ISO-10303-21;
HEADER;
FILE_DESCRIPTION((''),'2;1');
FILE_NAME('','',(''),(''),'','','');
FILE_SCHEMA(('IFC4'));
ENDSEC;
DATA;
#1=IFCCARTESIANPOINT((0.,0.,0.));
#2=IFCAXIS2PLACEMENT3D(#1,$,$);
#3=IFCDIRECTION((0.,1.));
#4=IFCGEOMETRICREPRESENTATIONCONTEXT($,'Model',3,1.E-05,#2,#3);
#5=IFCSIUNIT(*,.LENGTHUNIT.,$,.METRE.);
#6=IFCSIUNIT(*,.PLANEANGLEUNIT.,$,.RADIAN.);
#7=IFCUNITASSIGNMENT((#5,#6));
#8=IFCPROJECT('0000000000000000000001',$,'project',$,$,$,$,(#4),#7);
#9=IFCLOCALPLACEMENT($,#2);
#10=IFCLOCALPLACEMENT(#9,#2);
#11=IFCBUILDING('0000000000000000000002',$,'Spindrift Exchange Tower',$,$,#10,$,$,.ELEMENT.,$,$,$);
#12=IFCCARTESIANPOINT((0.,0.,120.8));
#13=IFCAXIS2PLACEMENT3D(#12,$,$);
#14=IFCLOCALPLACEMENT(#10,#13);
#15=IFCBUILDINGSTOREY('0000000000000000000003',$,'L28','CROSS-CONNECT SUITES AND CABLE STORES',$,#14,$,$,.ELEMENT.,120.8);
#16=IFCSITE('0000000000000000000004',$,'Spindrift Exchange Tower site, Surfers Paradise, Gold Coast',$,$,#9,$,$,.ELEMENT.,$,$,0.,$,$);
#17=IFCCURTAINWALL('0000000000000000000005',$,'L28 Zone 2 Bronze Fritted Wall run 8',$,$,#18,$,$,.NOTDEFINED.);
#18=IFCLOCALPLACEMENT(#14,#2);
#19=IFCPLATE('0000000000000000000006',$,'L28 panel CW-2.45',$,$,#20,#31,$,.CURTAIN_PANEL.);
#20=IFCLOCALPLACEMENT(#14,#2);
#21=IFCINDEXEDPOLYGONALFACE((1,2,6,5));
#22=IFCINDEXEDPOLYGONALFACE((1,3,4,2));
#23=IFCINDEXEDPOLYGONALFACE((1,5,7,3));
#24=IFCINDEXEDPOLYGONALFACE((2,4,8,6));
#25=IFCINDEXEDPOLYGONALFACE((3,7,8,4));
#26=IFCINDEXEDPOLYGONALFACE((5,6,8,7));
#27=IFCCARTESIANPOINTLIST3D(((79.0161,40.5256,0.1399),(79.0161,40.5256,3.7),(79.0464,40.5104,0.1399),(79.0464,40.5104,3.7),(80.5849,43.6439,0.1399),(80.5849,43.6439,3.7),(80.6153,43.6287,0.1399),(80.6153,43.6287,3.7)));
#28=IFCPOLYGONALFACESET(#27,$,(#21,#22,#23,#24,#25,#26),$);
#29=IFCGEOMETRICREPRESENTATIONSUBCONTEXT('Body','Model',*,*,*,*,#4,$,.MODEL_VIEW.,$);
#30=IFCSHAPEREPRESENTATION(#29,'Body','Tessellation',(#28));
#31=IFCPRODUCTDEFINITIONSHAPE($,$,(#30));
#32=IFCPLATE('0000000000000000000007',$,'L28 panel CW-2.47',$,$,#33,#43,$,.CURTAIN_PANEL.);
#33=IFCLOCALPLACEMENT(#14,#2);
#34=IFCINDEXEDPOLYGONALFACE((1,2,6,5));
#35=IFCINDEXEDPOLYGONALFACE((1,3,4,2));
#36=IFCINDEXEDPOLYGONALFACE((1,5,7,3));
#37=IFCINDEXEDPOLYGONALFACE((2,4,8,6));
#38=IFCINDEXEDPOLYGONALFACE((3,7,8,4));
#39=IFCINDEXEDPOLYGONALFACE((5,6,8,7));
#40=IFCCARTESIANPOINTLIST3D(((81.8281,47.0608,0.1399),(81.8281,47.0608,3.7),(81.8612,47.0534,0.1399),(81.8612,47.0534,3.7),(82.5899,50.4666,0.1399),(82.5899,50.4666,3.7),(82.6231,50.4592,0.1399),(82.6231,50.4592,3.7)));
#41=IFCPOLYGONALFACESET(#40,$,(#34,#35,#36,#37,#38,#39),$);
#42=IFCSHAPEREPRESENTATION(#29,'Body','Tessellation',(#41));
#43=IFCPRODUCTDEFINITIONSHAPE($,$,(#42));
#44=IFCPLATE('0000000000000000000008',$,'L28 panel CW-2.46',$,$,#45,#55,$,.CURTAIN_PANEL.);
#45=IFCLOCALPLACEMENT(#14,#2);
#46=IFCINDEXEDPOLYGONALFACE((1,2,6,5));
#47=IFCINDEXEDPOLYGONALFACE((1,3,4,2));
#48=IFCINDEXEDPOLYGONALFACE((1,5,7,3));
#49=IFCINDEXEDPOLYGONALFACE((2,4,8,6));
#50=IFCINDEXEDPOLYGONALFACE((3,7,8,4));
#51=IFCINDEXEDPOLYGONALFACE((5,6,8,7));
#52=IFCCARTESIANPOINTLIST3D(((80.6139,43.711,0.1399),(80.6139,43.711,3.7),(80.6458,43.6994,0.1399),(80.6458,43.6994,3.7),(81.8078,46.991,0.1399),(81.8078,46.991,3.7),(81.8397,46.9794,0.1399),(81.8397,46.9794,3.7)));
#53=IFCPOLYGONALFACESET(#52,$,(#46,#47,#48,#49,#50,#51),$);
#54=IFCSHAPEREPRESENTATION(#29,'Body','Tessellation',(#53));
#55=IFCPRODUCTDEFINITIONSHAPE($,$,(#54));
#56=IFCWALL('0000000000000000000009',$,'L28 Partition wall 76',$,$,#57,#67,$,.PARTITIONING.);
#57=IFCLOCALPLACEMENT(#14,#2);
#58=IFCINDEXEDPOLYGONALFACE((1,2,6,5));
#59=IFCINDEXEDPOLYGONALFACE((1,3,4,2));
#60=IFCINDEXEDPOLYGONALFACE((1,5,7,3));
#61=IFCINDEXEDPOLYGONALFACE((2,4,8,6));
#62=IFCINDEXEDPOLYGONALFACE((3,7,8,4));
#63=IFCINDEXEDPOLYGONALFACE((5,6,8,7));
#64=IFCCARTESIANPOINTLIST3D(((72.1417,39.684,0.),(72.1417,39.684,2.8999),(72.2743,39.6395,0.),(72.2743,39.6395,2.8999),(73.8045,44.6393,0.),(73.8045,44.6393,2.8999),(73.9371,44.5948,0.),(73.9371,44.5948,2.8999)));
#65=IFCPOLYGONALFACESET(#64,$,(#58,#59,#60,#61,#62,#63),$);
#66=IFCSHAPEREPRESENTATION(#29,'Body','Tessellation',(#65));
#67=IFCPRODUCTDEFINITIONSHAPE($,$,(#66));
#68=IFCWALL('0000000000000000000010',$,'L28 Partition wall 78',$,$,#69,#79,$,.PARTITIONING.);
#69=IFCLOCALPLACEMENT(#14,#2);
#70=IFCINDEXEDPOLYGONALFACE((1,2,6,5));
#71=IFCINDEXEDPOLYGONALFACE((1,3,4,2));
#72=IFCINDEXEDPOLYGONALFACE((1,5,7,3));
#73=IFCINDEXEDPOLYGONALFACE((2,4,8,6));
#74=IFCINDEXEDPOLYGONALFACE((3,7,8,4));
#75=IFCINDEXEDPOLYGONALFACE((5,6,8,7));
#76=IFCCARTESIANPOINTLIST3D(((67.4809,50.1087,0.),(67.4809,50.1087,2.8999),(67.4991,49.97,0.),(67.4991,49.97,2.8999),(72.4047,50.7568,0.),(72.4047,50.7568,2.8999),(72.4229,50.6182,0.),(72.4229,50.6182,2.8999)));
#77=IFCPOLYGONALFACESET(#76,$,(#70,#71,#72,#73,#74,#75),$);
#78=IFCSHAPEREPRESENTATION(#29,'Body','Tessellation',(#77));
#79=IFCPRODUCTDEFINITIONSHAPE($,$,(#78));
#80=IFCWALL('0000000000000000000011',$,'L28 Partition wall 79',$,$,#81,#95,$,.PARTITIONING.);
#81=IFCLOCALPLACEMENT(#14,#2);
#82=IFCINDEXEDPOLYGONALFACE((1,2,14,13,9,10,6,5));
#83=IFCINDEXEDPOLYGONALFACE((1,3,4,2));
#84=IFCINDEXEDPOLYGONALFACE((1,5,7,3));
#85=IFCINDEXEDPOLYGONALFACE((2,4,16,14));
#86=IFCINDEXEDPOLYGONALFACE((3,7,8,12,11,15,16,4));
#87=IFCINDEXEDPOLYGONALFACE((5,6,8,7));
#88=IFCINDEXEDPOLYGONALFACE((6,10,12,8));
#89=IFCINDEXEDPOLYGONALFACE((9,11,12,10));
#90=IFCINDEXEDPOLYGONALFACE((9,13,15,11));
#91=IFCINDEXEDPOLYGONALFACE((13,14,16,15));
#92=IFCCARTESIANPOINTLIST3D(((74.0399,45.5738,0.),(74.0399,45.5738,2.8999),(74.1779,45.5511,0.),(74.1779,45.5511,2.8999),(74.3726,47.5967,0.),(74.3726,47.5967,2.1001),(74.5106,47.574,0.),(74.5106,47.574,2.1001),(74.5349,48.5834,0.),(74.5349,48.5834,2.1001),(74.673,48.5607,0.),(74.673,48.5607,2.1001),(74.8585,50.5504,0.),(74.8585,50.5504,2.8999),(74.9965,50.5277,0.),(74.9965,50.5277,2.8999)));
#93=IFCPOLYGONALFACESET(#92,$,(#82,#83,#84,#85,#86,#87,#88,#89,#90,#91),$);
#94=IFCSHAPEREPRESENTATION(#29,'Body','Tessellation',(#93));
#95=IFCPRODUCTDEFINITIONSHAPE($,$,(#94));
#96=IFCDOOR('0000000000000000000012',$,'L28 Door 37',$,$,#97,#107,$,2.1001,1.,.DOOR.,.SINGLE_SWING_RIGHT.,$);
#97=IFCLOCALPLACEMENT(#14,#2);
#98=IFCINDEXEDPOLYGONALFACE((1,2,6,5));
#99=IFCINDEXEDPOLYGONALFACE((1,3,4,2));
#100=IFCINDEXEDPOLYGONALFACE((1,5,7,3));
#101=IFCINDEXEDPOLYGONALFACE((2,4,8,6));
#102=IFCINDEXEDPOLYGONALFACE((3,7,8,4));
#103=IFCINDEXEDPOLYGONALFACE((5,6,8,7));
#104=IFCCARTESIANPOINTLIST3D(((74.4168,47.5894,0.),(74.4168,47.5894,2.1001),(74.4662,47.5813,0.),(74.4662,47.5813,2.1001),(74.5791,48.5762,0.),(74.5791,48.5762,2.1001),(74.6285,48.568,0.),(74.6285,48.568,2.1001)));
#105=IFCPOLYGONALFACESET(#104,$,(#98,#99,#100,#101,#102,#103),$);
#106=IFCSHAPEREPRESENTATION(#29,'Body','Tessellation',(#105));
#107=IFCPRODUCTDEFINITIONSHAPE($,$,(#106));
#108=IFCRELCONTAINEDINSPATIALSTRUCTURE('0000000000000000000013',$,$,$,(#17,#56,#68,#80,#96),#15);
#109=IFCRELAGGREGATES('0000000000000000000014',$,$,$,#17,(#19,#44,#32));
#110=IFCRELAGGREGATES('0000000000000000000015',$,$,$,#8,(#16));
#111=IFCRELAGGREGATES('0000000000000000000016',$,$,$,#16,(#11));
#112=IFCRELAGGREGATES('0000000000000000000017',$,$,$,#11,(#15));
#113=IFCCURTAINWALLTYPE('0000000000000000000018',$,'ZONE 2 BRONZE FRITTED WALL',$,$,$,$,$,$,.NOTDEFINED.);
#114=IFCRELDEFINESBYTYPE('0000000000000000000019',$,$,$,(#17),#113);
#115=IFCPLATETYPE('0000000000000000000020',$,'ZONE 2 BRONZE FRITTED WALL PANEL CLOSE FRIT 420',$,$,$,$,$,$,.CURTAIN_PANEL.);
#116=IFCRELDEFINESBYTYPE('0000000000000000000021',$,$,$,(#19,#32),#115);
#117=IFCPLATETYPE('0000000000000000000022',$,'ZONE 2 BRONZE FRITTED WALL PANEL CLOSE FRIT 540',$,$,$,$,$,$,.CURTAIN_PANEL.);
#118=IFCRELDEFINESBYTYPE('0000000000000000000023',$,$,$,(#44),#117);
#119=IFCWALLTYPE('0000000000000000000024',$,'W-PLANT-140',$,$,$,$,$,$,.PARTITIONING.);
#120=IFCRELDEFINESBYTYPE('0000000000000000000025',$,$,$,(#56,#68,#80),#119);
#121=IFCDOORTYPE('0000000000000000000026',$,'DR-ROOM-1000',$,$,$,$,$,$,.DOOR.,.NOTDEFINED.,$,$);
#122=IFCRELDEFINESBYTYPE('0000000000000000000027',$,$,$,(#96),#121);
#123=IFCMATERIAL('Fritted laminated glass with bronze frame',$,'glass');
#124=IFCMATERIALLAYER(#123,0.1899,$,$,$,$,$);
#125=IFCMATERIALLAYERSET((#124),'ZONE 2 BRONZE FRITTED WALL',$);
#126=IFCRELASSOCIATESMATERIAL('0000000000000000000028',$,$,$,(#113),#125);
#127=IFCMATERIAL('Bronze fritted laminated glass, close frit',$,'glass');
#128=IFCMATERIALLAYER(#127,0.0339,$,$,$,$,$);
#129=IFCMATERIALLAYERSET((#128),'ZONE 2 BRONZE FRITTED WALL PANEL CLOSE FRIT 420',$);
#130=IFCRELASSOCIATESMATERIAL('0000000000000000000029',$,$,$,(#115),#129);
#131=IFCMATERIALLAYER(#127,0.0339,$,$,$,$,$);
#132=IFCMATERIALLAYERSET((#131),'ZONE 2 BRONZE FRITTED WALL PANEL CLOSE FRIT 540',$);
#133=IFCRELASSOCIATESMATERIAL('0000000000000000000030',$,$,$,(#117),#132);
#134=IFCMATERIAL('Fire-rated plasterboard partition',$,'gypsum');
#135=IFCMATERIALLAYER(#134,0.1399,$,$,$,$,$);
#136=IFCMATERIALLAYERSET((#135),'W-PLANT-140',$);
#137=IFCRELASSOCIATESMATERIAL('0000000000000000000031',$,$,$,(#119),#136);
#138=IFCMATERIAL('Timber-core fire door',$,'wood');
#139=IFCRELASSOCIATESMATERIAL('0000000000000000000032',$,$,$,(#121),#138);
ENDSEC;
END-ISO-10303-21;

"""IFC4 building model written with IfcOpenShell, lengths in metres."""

from ifc_helpers import new_model, si_unit, direction, frame, frame_2d, origin, origin_2d, place, context, subcontext, project, spatial, rectangle, extrude, source, transform, mapped, material, layer, layer_set, type_object, element, fill, aggregate, save


model = new_model("IFC4")

# Units and contexts
model_context = context("Model", 3, precision=1e-05, world=origin(), true_north=direction((0.0, 1.0)))
body_context = subcontext(model_context, "Body", "Model", "MODEL_VIEW")
ifc_project = project(units=[si_unit("LENGTHUNIT", "METRE"), si_unit("PLANEANGLEUNIT", "RADIAN")], contexts=[model_context])

# Site, building, storey
site_placement = place(None, origin())
site = spatial("IfcSite", under=ifc_project, at=site_placement, Name="Spindrift Exchange Tower site, Surfers Paradise, Gold Coast", CompositionType="ELEMENT", RefElevation=0.0)
building_placement = place(site_placement, origin())
building = spatial("IfcBuilding", under=site, at=building_placement, Name="Spindrift Exchange Tower", CompositionType="ELEMENT")
storey_placement = place(building_placement, frame((0.0, 0.0, 120.8)))
storey = spatial("IfcBuildingStorey", under=building, at=storey_placement, Name="L28", Description="CROSS-CONNECT SUITES AND CABLE STORES", CompositionType="ELEMENT", Elevation=120.8)

# Curtain wall, plates
ifc_material_1 = material(Name="Fritted laminated glass with bronze frame", Category="glass")
ifc_layer_1 = layer(ifc_material_1, 0.1899)
ifc_layer_set_1 = layer_set([ifc_layer_1], Name="ZONE 2 BRONZE FRITTED WALL")
curtain_wall_type = type_object("IfcCurtainWallType", Name="ZONE 2 BRONZE FRITTED WALL", PredefinedType="NOTDEFINED", material=ifc_layer_set_1)
curtain_wall_placement = place(storey_placement, origin())
curtain_wall = element("IfcCurtainWall", 1, at=curtain_wall_placement, inside=storey, type_object=curtain_wall_type, Name="L28 Zone 2 Bronze Fritted Wall run 8", PredefinedType="NOTDEFINED")
ifc_material_2 = material(Name="Bronze fritted laminated glass, close frit", Category="glass")
ifc_layer_2 = layer(ifc_material_2, 0.0339)
ifc_layer_set_2 = layer_set([ifc_layer_2], Name="ZONE 2 BRONZE FRITTED WALL PANEL CLOSE FRIT 420")
plate_type_1 = type_object("IfcPlateType", Name="ZONE 2 BRONZE FRITTED WALL PANEL CLOSE FRIT 420", PredefinedType="CURTAIN_PANEL", material=ifc_layer_set_2)
shared_shape_1 = source(origin(), body_context, "Body", "SweptSolid", [
    extrude(rectangle(XDim=3.4907, YDim=0.0339, at=origin_2d()), origin(), (0.0, 0.0, 1.0), 3.5601),
])
plate_1_placement = place(storey_placement, frame((79.8157, 42.0771, 0.1399), z_axis=(0.0, 0.0, 1.0), x_axis=(0.449433, 0.893314, 0.0)))
plate_1 = element("IfcPlate", 2, at=plate_1_placement, type_object=plate_type_1, Name="L28 panel CW-2.45", PredefinedType="CURTAIN_PANEL", context=body_context, shape_type="MappedRepresentation", body=[
    mapped(shared_shape_1, transform((0.0, 0.0, 0.0), scale=1.0)),
])
shared_shape_2 = source(origin(), body_context, "Body", "SweptSolid", [
    extrude(rectangle(XDim=3.49, YDim=0.0339, at=origin_2d()), origin(), (0.0, 0.0, 1.0), 3.5601),
])
plate_2_placement = place(storey_placement, frame((82.2256, 48.76, 0.1399), z_axis=(0.0, 0.0, 1.0), x_axis=(0.218285, 0.975885, 0.0)))
plate_2 = element("IfcPlate", 3, at=plate_2_placement, type_object=plate_type_1, Name="L28 panel CW-2.47", PredefinedType="CURTAIN_PANEL", context=body_context, shape_type="MappedRepresentation", body=[
    mapped(shared_shape_2, transform((0.0, 0.0, 0.0), scale=1.0)),
])
ifc_layer_3 = layer(ifc_material_2, 0.0339)
ifc_layer_set_3 = layer_set([ifc_layer_3], Name="ZONE 2 BRONZE FRITTED WALL PANEL CLOSE FRIT 540")
plate_type_2 = type_object("IfcPlateType", Name="ZONE 2 BRONZE FRITTED WALL PANEL CLOSE FRIT 540", PredefinedType="CURTAIN_PANEL", material=ifc_layer_set_3)
shared_shape_3 = source(origin(), body_context, "Body", "SweptSolid", [
    extrude(rectangle(XDim=3.4905, YDim=0.0339, at=origin_2d()), origin(), (0.0, 0.0, 1.0), 3.5601),
])
plate_3_placement = place(storey_placement, frame((81.2268, 45.3452, 0.1399), z_axis=(0.0, 0.0, 1.0), x_axis=(0.342025, 0.939691, 0.0)))
plate_3 = element("IfcPlate", 4, at=plate_3_placement, type_object=plate_type_2, Name="L28 panel CW-2.46", PredefinedType="CURTAIN_PANEL", context=body_context, shape_type="MappedRepresentation", body=[
    mapped(shared_shape_3, transform((0.0, 0.0, 0.0), scale=1.0)),
])
aggregate(curtain_wall, [plate_1, plate_3, plate_2])

# Walls
ifc_material_3 = material(Name="Fire-rated plasterboard partition", Category="gypsum")
ifc_layer_4 = layer(ifc_material_3, 0.1399)
ifc_layer_set_4 = layer_set([ifc_layer_4], Name="W-PLANT-140")
wall_type = type_object("IfcWallType", Name="W-PLANT-140", PredefinedType="PARTITIONING", material=ifc_layer_set_4)
wall_1_placement = place(storey_placement, frame((72.208, 39.6619, 0.0), z_axis=(0.0, 0.0, 1.0), x_axis=(0.318133, 0.948046, 0.0)))
element("IfcWall", 5, at=wall_1_placement, inside=storey, type_object=wall_type, Name="L28 Partition wall 76", PredefinedType="PARTITIONING", context=body_context, shape_type="SweptSolid", body=[
    extrude(rectangle(XDim=5.2268, YDim=0.1399, at=frame_2d((2.6133, 0.0))), origin(), (0.0, 0.0, 1.0), 2.8999),
])
wall_2_placement = place(storey_placement, frame((67.49, 50.0393, 0.0), z_axis=(0.0, 0.0, 1.0), x_axis=(0.991446, 0.130518, 0.0)))
element("IfcWall", 6, at=wall_2_placement, inside=storey, type_object=wall_type, Name="L28 Partition wall 78", PredefinedType="PARTITIONING", context=body_context, shape_type="SweptSolid", body=[
    extrude(rectangle(XDim=4.9663, YDim=0.1399, at=frame_2d((2.4832, 0.0))), origin(), (0.0, 0.0, 1.0), 2.8999),
])

# Wall, opening, door
wall_3_placement = place(storey_placement, frame((74.9275, 50.5391, 0.0), z_axis=(0.0, 0.0, 1.0), x_axis=(-0.162311, -0.98674, 0.0)))
wall_3 = element("IfcWall", 7, at=wall_3_placement, inside=storey, type_object=wall_type, Name="L28 Partition wall 79", PredefinedType="PARTITIONING", context=body_context, shape_type="SweptSolid", body=[
    extrude(rectangle(XDim=5.0435, YDim=0.1399, at=frame_2d((2.5217, 0.0))), origin(), (0.0, 0.0, 1.0), 2.8999),
])
opening_placement = place(wall_3_placement, frame((1.9934, 0.0, 0.0)))
opening = element("IfcOpeningElement", 8, at=opening_placement, cuts=wall_3, PredefinedType="OPENING", context=body_context, shape_type="SweptSolid", body=[
    extrude(rectangle(XDim=1.0, YDim=2.1001, at=frame_2d((0.5, 1.05))), frame((0.0, 0.0798, 0.0), z_axis=(0.0, -1.0, 0.0), x_axis=(1.0, 0.0, 0.0)), (0.0, 0.0, 1.0), 0.1599),
])
ifc_material_4 = material(Name="Timber-core fire door", Category="wood")
door_type = type_object("IfcDoorType", Name="DR-ROOM-1000", OperationType="NOTDEFINED", PredefinedType="DOOR", material=ifc_material_4)
shared_shape_4 = source(origin(), body_context, "Body", "SweptSolid", [
    extrude(rectangle(XDim=1.0, YDim=2.1001, at=frame_2d((0.5, 1.05))), frame((0.0, 0.0249, 0.0), z_axis=(0.0, -1.0, 0.0), x_axis=(1.0, 0.0, 0.0)), (0.0, 0.0, 1.0), 0.05),
])
door_placement = place(opening_placement, origin())
door = element("IfcDoor", 9, at=door_placement, inside=storey, type_object=door_type, Name="L28 Door 37", OperationType="SINGLE_SWING_RIGHT", OverallHeight=2.1001, OverallWidth=1.0, PredefinedType="DOOR", context=body_context, shape_type="MappedRepresentation", body=[
    mapped(shared_shape_4, transform((0.0, 0.0, 0.0), scale=1.0)),
])
fill(opening, door)

save(model, "model.ifc")
